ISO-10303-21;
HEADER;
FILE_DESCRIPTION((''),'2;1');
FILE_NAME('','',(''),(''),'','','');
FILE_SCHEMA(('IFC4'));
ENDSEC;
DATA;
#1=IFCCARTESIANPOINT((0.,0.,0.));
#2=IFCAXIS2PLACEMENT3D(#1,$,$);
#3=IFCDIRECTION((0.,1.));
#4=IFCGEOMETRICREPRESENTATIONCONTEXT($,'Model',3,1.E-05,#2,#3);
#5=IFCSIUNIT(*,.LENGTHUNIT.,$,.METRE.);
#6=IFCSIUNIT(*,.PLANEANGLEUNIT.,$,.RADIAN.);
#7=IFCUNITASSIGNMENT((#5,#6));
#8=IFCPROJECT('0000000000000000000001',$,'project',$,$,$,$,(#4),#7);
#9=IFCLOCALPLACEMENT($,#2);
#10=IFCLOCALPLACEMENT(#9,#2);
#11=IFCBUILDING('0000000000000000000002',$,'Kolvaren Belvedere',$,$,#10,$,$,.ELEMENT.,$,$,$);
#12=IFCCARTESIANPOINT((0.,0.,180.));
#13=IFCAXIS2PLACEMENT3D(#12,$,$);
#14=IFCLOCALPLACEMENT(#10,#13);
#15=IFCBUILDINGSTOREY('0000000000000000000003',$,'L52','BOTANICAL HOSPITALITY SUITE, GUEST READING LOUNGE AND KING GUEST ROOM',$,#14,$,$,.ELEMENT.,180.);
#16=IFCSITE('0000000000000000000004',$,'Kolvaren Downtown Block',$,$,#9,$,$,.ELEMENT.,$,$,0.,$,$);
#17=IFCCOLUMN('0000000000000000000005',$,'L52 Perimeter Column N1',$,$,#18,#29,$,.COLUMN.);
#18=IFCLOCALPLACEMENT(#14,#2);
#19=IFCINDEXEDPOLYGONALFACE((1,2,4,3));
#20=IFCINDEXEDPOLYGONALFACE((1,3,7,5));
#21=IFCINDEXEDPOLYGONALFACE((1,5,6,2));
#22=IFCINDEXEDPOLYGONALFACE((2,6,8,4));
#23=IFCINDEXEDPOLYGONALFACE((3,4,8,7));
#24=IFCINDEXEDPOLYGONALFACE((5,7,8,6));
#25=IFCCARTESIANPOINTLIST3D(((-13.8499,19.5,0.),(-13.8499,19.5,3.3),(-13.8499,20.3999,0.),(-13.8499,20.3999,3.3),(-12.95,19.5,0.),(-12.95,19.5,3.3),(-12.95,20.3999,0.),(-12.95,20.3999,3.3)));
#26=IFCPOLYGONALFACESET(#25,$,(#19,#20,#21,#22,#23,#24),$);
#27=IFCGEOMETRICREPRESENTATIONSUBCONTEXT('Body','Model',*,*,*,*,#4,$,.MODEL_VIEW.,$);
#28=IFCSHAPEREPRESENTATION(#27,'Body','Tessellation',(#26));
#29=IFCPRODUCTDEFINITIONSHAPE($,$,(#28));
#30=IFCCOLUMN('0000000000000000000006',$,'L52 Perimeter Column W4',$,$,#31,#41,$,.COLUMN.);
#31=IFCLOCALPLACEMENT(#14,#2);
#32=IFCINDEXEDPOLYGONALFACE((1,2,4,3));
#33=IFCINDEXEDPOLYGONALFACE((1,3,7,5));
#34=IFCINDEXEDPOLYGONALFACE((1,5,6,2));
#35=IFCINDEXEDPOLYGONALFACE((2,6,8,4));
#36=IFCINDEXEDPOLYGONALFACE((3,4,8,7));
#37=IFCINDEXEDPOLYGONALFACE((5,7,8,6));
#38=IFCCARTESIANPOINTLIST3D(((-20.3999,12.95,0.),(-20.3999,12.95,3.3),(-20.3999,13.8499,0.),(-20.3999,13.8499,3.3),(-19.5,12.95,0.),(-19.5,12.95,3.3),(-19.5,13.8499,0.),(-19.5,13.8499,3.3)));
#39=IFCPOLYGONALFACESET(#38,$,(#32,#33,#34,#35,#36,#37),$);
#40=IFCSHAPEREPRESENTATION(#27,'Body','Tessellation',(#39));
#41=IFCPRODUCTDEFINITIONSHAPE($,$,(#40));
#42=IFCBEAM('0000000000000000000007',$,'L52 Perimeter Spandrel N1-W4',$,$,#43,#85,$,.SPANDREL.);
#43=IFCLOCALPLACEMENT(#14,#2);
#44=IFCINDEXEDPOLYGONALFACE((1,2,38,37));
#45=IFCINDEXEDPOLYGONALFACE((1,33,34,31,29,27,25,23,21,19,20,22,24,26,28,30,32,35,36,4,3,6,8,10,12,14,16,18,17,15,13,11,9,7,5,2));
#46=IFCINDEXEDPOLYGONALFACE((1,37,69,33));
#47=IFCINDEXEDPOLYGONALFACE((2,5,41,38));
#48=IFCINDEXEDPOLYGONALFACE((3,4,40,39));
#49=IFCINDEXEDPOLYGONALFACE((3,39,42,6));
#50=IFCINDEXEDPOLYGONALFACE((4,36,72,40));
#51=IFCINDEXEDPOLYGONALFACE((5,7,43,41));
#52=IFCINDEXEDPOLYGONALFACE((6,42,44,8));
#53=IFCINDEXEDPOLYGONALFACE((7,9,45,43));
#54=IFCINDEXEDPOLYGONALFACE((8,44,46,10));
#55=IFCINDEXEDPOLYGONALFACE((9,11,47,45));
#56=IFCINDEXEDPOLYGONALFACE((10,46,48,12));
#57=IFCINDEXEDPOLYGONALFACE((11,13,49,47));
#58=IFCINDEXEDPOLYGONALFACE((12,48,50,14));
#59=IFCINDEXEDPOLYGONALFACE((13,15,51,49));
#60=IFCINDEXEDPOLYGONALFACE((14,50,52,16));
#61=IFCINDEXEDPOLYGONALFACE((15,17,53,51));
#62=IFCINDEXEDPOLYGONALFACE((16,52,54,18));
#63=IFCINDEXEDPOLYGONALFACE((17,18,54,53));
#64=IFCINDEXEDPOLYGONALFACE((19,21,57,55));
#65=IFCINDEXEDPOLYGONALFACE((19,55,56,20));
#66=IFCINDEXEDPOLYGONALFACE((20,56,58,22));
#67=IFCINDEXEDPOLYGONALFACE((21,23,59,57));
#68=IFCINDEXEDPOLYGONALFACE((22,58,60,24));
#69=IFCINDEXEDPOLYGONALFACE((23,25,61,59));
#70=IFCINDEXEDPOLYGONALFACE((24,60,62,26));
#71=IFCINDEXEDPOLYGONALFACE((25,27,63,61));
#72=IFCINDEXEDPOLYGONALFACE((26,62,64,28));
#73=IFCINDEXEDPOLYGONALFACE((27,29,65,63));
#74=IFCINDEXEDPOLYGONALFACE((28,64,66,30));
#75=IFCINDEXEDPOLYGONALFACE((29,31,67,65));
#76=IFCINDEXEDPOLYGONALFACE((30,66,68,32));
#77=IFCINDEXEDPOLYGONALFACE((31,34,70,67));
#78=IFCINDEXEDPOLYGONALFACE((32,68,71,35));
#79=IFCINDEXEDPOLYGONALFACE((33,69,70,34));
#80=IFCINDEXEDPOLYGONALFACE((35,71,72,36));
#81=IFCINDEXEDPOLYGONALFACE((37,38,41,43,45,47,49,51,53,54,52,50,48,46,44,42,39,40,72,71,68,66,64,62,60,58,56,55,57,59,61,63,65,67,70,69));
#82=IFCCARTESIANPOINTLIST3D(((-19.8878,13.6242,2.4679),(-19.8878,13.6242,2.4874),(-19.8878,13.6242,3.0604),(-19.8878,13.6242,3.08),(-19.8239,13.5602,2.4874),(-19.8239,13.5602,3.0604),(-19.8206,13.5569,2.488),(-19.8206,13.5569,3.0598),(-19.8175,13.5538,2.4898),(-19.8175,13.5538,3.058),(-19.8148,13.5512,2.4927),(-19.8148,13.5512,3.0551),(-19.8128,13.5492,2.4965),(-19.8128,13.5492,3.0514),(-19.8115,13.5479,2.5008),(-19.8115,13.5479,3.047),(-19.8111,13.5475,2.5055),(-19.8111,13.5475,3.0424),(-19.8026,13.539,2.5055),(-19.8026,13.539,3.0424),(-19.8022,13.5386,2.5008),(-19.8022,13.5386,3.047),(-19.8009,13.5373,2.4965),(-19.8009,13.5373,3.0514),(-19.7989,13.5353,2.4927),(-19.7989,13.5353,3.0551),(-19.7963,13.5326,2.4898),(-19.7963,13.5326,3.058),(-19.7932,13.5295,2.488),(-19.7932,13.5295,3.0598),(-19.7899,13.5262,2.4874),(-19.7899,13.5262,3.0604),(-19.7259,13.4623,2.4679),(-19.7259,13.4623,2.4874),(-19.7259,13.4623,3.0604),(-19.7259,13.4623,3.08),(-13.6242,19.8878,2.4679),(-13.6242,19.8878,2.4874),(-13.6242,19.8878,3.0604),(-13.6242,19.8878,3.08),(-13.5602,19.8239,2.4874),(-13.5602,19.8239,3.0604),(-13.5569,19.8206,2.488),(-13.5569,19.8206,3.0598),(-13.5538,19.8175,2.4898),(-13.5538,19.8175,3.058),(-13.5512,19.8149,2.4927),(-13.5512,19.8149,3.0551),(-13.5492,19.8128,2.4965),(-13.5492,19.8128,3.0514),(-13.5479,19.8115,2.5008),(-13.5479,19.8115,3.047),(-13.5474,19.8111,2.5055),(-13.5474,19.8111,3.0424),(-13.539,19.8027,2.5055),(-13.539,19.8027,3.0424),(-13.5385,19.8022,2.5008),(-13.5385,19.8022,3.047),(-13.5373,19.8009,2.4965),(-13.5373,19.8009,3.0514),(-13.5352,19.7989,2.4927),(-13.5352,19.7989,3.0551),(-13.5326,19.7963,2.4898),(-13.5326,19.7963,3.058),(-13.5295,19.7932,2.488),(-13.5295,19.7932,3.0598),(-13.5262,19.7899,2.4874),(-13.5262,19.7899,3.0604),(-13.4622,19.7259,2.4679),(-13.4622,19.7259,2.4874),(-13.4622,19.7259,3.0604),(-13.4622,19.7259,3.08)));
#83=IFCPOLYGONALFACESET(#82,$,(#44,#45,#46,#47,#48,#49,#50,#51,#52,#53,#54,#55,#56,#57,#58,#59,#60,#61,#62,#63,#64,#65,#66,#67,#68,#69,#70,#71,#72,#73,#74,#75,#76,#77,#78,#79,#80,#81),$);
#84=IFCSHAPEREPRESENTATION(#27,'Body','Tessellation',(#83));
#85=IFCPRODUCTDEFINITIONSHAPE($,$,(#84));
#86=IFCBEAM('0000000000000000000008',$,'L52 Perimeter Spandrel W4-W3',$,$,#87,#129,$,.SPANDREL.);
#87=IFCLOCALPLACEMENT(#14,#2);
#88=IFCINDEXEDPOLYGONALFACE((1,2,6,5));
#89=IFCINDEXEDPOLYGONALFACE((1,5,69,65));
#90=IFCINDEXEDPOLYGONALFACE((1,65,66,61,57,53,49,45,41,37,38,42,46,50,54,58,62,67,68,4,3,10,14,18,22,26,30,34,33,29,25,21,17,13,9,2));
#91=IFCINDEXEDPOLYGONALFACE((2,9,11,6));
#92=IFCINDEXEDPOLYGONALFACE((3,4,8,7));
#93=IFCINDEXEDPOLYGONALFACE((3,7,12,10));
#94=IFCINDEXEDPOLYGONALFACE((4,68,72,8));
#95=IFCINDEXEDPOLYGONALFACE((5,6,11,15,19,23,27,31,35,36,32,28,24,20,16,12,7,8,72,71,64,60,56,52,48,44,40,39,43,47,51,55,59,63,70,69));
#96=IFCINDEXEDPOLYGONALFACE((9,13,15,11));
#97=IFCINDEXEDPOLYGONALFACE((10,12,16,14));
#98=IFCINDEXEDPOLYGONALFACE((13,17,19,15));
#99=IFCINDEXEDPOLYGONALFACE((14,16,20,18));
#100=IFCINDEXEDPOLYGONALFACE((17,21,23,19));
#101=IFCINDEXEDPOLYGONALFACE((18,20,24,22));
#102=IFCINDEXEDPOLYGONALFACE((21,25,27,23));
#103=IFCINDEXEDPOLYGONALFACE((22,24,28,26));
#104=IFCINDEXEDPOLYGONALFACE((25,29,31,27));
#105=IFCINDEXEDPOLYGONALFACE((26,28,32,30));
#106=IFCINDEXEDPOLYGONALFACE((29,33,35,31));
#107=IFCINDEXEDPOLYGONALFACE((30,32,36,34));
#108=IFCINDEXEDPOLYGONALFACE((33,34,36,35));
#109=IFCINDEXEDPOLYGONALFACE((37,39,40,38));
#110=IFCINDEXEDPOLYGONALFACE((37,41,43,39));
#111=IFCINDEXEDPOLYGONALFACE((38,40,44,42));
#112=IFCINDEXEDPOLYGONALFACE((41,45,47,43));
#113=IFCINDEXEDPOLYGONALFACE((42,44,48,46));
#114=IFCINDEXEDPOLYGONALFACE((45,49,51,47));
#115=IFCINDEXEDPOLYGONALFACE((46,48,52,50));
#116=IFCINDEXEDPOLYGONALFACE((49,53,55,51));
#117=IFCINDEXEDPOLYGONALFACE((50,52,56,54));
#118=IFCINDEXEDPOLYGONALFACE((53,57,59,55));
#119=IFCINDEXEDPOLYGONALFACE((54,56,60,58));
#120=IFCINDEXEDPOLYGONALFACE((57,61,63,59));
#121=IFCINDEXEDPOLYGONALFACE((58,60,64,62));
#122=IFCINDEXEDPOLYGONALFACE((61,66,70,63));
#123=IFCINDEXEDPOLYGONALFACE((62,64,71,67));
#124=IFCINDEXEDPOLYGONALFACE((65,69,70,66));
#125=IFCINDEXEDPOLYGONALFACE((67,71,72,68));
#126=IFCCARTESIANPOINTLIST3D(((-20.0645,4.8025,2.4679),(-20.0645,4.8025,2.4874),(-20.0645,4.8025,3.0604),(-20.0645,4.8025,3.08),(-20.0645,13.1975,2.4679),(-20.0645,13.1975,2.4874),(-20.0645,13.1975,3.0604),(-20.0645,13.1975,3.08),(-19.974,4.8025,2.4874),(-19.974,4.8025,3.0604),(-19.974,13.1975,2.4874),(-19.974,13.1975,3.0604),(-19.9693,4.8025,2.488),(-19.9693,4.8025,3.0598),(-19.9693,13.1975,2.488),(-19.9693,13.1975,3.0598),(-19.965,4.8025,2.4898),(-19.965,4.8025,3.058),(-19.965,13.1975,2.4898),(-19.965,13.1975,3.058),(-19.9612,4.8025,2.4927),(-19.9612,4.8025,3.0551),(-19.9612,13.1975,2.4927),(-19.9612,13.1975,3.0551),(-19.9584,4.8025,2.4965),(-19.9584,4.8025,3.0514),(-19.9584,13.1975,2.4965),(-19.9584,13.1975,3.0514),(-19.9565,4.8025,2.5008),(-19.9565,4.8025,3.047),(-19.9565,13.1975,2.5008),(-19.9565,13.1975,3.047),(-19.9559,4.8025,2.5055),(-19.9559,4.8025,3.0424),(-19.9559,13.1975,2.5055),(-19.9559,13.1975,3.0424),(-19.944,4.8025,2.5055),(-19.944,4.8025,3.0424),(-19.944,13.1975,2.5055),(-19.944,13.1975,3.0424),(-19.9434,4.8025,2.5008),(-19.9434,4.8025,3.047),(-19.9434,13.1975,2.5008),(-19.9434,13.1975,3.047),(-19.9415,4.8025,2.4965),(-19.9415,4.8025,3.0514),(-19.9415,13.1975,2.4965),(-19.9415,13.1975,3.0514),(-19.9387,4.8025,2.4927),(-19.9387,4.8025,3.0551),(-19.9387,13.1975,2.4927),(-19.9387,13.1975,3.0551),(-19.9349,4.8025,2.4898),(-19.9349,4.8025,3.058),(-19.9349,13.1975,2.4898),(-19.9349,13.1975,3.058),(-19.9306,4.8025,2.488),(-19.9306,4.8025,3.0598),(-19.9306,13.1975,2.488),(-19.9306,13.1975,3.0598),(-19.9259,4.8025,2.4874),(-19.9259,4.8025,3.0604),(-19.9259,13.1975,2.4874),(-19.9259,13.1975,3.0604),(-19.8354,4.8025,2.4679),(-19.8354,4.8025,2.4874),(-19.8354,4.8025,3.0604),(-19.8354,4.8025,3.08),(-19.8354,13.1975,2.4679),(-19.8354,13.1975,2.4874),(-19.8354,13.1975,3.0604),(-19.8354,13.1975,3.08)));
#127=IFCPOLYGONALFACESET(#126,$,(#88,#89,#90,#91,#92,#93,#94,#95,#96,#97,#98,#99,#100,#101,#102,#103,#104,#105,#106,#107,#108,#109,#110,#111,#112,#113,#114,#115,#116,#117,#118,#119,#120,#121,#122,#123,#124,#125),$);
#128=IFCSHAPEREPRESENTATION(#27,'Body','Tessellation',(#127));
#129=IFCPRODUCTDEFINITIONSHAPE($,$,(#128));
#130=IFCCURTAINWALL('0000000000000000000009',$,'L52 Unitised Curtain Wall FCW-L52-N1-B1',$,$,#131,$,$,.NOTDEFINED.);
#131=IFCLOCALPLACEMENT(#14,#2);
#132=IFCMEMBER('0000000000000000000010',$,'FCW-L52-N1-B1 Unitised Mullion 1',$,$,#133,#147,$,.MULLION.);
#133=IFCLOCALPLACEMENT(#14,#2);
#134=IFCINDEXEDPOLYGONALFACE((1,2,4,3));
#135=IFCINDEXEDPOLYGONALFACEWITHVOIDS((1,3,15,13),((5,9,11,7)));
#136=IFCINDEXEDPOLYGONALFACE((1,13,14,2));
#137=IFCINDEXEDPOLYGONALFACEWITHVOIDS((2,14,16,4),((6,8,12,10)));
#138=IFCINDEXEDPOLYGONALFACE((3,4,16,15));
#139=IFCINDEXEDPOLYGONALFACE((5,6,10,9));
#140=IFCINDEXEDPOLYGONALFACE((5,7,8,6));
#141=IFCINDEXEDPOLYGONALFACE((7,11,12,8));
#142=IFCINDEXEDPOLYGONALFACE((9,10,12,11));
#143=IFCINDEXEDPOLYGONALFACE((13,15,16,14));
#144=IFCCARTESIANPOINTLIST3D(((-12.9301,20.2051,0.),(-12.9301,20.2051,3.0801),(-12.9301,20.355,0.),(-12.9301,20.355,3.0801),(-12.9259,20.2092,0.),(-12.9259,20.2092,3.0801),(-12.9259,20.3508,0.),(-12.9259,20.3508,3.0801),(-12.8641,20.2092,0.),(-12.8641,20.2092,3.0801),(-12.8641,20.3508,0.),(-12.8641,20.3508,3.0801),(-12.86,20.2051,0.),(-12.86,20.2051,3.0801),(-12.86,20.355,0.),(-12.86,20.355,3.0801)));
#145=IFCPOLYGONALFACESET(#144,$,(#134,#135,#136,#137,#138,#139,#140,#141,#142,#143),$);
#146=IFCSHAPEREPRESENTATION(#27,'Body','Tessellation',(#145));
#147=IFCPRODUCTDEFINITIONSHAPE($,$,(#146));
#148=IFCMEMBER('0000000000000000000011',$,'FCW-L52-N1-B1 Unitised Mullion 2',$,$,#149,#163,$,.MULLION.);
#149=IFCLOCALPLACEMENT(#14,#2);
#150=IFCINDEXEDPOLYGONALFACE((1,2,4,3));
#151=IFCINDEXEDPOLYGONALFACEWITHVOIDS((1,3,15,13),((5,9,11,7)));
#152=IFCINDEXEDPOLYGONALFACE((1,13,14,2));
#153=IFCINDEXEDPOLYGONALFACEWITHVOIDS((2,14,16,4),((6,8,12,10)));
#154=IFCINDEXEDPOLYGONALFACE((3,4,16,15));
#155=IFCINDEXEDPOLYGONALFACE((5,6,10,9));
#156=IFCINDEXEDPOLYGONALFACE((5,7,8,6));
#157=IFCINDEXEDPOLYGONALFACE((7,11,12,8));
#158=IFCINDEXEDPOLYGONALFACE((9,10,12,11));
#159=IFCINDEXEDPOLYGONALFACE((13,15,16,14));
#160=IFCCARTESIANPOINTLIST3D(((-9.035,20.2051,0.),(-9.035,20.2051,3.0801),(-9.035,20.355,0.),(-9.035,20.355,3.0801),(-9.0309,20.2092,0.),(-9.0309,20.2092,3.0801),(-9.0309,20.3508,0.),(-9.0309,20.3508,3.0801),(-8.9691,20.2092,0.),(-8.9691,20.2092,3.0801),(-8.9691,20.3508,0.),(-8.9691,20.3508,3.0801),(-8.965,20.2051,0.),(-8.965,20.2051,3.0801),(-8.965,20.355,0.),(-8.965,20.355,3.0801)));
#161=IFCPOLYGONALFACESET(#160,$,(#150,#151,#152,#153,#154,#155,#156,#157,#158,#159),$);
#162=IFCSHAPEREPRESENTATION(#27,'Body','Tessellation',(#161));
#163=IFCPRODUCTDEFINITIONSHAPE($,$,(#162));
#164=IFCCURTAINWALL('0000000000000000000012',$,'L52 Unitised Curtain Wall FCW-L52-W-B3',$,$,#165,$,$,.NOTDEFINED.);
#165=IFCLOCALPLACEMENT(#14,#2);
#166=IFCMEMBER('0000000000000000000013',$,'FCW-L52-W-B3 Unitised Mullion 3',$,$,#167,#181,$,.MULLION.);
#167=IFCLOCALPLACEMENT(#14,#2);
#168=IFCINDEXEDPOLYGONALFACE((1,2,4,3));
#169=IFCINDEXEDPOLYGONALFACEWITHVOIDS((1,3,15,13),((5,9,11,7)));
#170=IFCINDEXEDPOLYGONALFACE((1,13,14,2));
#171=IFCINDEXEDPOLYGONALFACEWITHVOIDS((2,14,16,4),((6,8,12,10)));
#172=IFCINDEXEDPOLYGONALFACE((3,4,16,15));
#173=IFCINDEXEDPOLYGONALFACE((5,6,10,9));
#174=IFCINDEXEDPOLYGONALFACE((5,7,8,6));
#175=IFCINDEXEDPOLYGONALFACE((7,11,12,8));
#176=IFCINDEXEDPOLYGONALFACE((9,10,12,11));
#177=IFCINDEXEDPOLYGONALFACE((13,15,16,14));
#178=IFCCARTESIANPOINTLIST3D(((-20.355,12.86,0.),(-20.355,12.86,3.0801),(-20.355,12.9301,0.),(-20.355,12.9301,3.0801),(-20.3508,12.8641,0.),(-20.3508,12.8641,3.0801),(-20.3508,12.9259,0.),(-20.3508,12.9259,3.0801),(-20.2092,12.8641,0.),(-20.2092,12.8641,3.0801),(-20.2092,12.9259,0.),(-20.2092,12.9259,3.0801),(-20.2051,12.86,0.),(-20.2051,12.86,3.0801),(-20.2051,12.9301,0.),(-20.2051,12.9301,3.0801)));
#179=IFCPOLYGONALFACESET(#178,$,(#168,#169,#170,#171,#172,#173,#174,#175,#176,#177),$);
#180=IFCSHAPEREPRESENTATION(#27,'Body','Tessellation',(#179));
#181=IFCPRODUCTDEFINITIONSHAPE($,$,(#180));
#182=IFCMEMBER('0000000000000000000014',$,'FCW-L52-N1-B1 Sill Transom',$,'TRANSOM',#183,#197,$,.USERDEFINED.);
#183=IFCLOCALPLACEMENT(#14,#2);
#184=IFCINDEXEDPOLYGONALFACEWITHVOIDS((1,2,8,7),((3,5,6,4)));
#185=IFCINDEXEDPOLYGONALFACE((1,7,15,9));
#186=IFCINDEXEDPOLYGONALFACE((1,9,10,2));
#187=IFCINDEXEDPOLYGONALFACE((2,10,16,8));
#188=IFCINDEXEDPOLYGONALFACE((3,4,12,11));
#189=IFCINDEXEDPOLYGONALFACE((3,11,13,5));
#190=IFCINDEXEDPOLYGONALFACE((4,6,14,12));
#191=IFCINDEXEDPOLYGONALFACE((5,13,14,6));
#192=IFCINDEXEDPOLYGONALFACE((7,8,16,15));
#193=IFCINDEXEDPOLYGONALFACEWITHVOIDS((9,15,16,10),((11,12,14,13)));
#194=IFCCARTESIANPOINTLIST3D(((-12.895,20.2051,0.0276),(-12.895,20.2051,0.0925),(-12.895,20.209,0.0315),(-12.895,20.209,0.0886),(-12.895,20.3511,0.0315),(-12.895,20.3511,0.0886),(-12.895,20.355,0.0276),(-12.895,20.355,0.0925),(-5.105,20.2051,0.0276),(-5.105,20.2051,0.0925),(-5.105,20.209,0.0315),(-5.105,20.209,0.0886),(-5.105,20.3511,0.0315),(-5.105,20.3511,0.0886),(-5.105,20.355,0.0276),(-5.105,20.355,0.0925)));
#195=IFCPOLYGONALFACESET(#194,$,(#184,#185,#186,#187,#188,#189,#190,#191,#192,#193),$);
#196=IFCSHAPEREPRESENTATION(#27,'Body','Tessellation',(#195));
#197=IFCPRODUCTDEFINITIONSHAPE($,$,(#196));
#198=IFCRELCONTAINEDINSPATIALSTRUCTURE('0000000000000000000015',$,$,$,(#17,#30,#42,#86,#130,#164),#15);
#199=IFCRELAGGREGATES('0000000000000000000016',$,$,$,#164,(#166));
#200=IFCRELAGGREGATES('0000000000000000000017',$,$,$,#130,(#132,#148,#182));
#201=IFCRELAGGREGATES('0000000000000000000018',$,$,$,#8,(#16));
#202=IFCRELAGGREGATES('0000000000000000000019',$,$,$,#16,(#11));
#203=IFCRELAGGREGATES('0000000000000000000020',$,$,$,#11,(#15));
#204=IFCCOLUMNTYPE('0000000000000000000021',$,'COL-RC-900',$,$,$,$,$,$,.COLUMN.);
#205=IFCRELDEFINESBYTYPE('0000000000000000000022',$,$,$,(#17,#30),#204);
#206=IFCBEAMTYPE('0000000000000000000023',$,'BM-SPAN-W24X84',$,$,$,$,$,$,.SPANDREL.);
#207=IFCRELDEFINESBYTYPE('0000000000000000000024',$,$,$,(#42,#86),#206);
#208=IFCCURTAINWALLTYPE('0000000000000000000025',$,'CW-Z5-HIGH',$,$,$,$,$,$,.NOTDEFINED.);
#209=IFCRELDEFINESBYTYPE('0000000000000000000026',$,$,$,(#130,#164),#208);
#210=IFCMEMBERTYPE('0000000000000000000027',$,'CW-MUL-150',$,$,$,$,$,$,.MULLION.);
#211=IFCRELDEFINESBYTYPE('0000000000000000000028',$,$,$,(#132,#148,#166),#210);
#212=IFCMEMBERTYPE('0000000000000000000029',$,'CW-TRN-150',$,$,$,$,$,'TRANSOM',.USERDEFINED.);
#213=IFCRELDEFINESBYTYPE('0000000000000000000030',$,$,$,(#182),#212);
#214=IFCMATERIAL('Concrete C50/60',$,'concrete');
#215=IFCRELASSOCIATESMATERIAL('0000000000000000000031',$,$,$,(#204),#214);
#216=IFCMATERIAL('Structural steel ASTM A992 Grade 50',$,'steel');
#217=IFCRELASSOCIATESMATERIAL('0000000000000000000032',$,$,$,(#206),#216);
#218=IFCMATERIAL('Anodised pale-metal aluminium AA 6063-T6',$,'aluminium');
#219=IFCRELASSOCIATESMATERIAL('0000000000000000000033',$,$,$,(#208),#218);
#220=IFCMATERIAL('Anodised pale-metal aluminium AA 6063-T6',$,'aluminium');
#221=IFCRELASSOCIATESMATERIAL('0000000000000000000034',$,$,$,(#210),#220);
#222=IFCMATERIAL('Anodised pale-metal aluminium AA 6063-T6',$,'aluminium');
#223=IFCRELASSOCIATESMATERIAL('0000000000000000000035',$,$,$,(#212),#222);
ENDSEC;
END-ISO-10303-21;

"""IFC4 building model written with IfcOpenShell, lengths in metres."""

from ifc_helpers import new_model, si_unit, direction, frame, origin, origin_2d, place, context, subcontext, project, spatial, rectangle, hollow_rectangle, i_section, extrude, material, material_profile, profile_set, type_object, element, aggregate, save


model = new_model("IFC4")

# Units and contexts
model_context = context("Model", 3, precision=1e-05, world=origin(), true_north=direction((0.0, 1.0)))
body_context = subcontext(model_context, "Body", "Model", "MODEL_VIEW")
ifc_project = project(units=[si_unit("LENGTHUNIT", "METRE"), si_unit("PLANEANGLEUNIT", "RADIAN")], contexts=[model_context])

# Site, building, storey
site_placement = place(None, origin())
site = spatial("IfcSite", under=ifc_project, at=site_placement, Name="Kolvaren Downtown Block", CompositionType="ELEMENT", RefElevation=0.0)
building_placement = place(site_placement, origin())
building = spatial("IfcBuilding", under=site, at=building_placement, Name="Kolvaren Belvedere", CompositionType="ELEMENT")
storey_placement = place(building_placement, frame((0.0, 0.0, 180.0)))
storey = spatial("IfcBuildingStorey", under=building, at=storey_placement, Name="L52", Description="BOTANICAL HOSPITALITY SUITE, GUEST READING LOUNGE AND KING GUEST ROOM", CompositionType="ELEMENT", Elevation=180.0)

# Columns
ifc_material_1 = material(Name="Concrete C50/60", Category="concrete")
ifc_material_profile_1 = material_profile(ifc_material_1, rectangle(XDim=0.8999, YDim=0.8999, at=origin_2d()), Name="RC 900X900")
ifc_profile_set_1 = profile_set([ifc_material_profile_1], Name="Concrete C50/60")
column_type = type_object("IfcColumnType", Name="COL-RC-900", PredefinedType="COLUMN", material=ifc_profile_set_1)
for number, where, z_axis, x_axis, name in (
    (1, (-13.3999, 19.95, 0.0), (0.0, 0.0, 1.0), (1.0, 0.0, 0.0), "L52 Perimeter Column N1"),
    (2, (-19.95, 13.3999, 0.0), (0.0, 0.0, 1.0), (1.0, 0.0, 0.0), "L52 Perimeter Column W4"),
):
    element("IfcColumn", number, at=place(storey_placement, frame(where, z_axis=z_axis, x_axis=x_axis)), inside=storey, type_object=column_type, Name=name, PredefinedType="COLUMN", context=body_context, shape_type="SweptSolid", body=[
        extrude(rectangle(XDim=0.8999, YDim=0.8999, at=origin_2d()), origin(), (0.0, 0.0, 1.0), 3.3),
    ])

# Beams
ifc_material_2 = material(Name="Structural steel ASTM A992 Grade 50", Category="steel")
ifc_material_profile_2 = material_profile(ifc_material_2, i_section(OverallWidth=0.229, OverallDepth=0.6121, WebThickness=0.012, FlangeThickness=0.0195, FilletRadius=0.0181, at=origin_2d()), Name="W24X84")
ifc_profile_set_2 = profile_set([ifc_material_profile_2], Name="Structural steel ASTM A992 Grade 50")
beam_type = type_object("IfcBeamType", Name="BM-SPAN-W24X84", PredefinedType="SPANDREL", material=ifc_profile_set_2)
beam_1_placement = place(storey_placement, frame((-13.5432, 19.8069, 2.7739), z_axis=(-0.707107, -0.707107, 0.0), x_axis=(0.707107, -0.707107, 0.0)))
element("IfcBeam", 3, at=beam_1_placement, inside=storey, type_object=beam_type, Name="L52 Perimeter Spandrel N1-W4", PredefinedType="SPANDREL", context=body_context, shape_type="SweptSolid", body=[
    extrude(i_section(OverallWidth=0.229, OverallDepth=0.6121, WebThickness=0.012, FlangeThickness=0.0195, FilletRadius=0.0181, at=origin_2d()), origin(), (0.0, 0.0, 1.0), 8.8582),
])
beam_2_placement = place(storey_placement, frame((-19.95, 13.1975, 2.7739), z_axis=(0.0, -1.0, 0.0), x_axis=(1.0, 0.0, 0.0)))
element("IfcBeam", 4, at=beam_2_placement, inside=storey, type_object=beam_type, Name="L52 Perimeter Spandrel W4-W3", PredefinedType="SPANDREL", context=body_context, shape_type="SweptSolid", body=[
    extrude(i_section(OverallWidth=0.229, OverallDepth=0.6121, WebThickness=0.012, FlangeThickness=0.0195, FilletRadius=0.0181, at=origin_2d()), origin(), (0.0, 0.0, 1.0), 8.395),
])

# Curtain wall, members
ifc_material_3 = material(Name="Anodised pale-metal aluminium AA 6063-T6", Category="aluminium")
curtain_wall_type = type_object("IfcCurtainWallType", Name="CW-Z5-HIGH", PredefinedType="NOTDEFINED", material=ifc_material_3)
curtain_wall_1_placement = place(storey_placement, origin())
curtain_wall_1 = element("IfcCurtainWall", 5, at=curtain_wall_1_placement, inside=storey, type_object=curtain_wall_type, Name="L52 Unitised Curtain Wall FCW-L52-N1-B1", PredefinedType="NOTDEFINED")
ifc_material_4 = material(Name="Anodised pale-metal aluminium AA 6063-T6", Category="aluminium")
ifc_material_profile_3 = material_profile(ifc_material_4, hollow_rectangle(XDim=0.0701, YDim=0.1499, WallThickness=0.0042, at=origin_2d()), Name="ALU-MUL-150X70")
ifc_profile_set_3 = profile_set([ifc_material_profile_3], Name="Anodised pale-metal aluminium AA 6063-T6")
member_type_1 = type_object("IfcMemberType", Name="CW-MUL-150", PredefinedType="MULLION", material=ifc_profile_set_3)
member_1_placement = place(storey_placement, frame((-12.895, 20.28, 0.0), z_axis=(0.0, 0.0, 1.0), x_axis=(1.0, 0.0, 0.0)))
member_1 = element("IfcMember", 6, at=member_1_placement, type_object=member_type_1, Name="FCW-L52-N1-B1 Unitised Mullion 1", PredefinedType="MULLION", context=body_context, shape_type="SweptSolid", body=[
    extrude(hollow_rectangle(XDim=0.0701, YDim=0.1499, WallThickness=0.0042, at=origin_2d()), origin(), (0.0, 0.0, 1.0), 3.0801),
])
member_2_placement = place(storey_placement, frame((-9.0, 20.28, 0.0), z_axis=(0.0, 0.0, 1.0), x_axis=(1.0, 0.0, 0.0)))
member_2 = element("IfcMember", 7, at=member_2_placement, type_object=member_type_1, Name="FCW-L52-N1-B1 Unitised Mullion 2", PredefinedType="MULLION", context=body_context, shape_type="SweptSolid", body=[
    extrude(hollow_rectangle(XDim=0.0701, YDim=0.1499, WallThickness=0.0042, at=origin_2d()), origin(), (0.0, 0.0, 1.0), 3.0801),
])

# Curtain wall, member
curtain_wall_2_placement = place(storey_placement, origin())
curtain_wall_2 = element("IfcCurtainWall", 8, at=curtain_wall_2_placement, inside=storey, type_object=curtain_wall_type, Name="L52 Unitised Curtain Wall FCW-L52-W-B3", PredefinedType="NOTDEFINED")
member_3_placement = place(storey_placement, frame((-20.28, 12.895, 0.0), z_axis=(0.0, 0.0, 1.0), x_axis=(0.0, 1.0, 0.0)))
member_3 = element("IfcMember", 9, at=member_3_placement, type_object=member_type_1, Name="FCW-L52-W-B3 Unitised Mullion 3", PredefinedType="MULLION", context=body_context, shape_type="SweptSolid", body=[
    extrude(hollow_rectangle(XDim=0.0701, YDim=0.1499, WallThickness=0.0042, at=origin_2d()), origin(), (0.0, 0.0, 1.0), 3.0801),
])
aggregate(curtain_wall_2, [member_3])

# Member
ifc_material_5 = material(Name="Anodised pale-metal aluminium AA 6063-T6", Category="aluminium")
ifc_material_profile_4 = material_profile(ifc_material_5, hollow_rectangle(XDim=0.0649, YDim=0.1499, WallThickness=0.0039, at=origin_2d()), Name="ALU-TRN-150X65")
ifc_profile_set_4 = profile_set([ifc_material_profile_4], Name="Anodised pale-metal aluminium AA 6063-T6")
member_type_2 = type_object("IfcMemberType", Name="CW-TRN-150", ElementType="TRANSOM", PredefinedType="USERDEFINED", material=ifc_profile_set_4)
member_4_placement = place(storey_placement, frame((-12.895, 20.28, 0.0601), z_axis=(1.0, 0.0, 0.0), x_axis=(0.0, 0.0, 1.0)))
member_4 = element("IfcMember", 10, at=member_4_placement, type_object=member_type_2, Name="FCW-L52-N1-B1 Sill Transom", ObjectType="TRANSOM", PredefinedType="USERDEFINED", context=body_context, shape_type="SweptSolid", body=[
    extrude(hollow_rectangle(XDim=0.0649, YDim=0.1499, WallThickness=0.0039, at=origin_2d()), origin(), (0.0, 0.0, 1.0), 7.79),
])

aggregate(curtain_wall_1, [member_1, member_2, member_4])

save(model, "model.ifc")
